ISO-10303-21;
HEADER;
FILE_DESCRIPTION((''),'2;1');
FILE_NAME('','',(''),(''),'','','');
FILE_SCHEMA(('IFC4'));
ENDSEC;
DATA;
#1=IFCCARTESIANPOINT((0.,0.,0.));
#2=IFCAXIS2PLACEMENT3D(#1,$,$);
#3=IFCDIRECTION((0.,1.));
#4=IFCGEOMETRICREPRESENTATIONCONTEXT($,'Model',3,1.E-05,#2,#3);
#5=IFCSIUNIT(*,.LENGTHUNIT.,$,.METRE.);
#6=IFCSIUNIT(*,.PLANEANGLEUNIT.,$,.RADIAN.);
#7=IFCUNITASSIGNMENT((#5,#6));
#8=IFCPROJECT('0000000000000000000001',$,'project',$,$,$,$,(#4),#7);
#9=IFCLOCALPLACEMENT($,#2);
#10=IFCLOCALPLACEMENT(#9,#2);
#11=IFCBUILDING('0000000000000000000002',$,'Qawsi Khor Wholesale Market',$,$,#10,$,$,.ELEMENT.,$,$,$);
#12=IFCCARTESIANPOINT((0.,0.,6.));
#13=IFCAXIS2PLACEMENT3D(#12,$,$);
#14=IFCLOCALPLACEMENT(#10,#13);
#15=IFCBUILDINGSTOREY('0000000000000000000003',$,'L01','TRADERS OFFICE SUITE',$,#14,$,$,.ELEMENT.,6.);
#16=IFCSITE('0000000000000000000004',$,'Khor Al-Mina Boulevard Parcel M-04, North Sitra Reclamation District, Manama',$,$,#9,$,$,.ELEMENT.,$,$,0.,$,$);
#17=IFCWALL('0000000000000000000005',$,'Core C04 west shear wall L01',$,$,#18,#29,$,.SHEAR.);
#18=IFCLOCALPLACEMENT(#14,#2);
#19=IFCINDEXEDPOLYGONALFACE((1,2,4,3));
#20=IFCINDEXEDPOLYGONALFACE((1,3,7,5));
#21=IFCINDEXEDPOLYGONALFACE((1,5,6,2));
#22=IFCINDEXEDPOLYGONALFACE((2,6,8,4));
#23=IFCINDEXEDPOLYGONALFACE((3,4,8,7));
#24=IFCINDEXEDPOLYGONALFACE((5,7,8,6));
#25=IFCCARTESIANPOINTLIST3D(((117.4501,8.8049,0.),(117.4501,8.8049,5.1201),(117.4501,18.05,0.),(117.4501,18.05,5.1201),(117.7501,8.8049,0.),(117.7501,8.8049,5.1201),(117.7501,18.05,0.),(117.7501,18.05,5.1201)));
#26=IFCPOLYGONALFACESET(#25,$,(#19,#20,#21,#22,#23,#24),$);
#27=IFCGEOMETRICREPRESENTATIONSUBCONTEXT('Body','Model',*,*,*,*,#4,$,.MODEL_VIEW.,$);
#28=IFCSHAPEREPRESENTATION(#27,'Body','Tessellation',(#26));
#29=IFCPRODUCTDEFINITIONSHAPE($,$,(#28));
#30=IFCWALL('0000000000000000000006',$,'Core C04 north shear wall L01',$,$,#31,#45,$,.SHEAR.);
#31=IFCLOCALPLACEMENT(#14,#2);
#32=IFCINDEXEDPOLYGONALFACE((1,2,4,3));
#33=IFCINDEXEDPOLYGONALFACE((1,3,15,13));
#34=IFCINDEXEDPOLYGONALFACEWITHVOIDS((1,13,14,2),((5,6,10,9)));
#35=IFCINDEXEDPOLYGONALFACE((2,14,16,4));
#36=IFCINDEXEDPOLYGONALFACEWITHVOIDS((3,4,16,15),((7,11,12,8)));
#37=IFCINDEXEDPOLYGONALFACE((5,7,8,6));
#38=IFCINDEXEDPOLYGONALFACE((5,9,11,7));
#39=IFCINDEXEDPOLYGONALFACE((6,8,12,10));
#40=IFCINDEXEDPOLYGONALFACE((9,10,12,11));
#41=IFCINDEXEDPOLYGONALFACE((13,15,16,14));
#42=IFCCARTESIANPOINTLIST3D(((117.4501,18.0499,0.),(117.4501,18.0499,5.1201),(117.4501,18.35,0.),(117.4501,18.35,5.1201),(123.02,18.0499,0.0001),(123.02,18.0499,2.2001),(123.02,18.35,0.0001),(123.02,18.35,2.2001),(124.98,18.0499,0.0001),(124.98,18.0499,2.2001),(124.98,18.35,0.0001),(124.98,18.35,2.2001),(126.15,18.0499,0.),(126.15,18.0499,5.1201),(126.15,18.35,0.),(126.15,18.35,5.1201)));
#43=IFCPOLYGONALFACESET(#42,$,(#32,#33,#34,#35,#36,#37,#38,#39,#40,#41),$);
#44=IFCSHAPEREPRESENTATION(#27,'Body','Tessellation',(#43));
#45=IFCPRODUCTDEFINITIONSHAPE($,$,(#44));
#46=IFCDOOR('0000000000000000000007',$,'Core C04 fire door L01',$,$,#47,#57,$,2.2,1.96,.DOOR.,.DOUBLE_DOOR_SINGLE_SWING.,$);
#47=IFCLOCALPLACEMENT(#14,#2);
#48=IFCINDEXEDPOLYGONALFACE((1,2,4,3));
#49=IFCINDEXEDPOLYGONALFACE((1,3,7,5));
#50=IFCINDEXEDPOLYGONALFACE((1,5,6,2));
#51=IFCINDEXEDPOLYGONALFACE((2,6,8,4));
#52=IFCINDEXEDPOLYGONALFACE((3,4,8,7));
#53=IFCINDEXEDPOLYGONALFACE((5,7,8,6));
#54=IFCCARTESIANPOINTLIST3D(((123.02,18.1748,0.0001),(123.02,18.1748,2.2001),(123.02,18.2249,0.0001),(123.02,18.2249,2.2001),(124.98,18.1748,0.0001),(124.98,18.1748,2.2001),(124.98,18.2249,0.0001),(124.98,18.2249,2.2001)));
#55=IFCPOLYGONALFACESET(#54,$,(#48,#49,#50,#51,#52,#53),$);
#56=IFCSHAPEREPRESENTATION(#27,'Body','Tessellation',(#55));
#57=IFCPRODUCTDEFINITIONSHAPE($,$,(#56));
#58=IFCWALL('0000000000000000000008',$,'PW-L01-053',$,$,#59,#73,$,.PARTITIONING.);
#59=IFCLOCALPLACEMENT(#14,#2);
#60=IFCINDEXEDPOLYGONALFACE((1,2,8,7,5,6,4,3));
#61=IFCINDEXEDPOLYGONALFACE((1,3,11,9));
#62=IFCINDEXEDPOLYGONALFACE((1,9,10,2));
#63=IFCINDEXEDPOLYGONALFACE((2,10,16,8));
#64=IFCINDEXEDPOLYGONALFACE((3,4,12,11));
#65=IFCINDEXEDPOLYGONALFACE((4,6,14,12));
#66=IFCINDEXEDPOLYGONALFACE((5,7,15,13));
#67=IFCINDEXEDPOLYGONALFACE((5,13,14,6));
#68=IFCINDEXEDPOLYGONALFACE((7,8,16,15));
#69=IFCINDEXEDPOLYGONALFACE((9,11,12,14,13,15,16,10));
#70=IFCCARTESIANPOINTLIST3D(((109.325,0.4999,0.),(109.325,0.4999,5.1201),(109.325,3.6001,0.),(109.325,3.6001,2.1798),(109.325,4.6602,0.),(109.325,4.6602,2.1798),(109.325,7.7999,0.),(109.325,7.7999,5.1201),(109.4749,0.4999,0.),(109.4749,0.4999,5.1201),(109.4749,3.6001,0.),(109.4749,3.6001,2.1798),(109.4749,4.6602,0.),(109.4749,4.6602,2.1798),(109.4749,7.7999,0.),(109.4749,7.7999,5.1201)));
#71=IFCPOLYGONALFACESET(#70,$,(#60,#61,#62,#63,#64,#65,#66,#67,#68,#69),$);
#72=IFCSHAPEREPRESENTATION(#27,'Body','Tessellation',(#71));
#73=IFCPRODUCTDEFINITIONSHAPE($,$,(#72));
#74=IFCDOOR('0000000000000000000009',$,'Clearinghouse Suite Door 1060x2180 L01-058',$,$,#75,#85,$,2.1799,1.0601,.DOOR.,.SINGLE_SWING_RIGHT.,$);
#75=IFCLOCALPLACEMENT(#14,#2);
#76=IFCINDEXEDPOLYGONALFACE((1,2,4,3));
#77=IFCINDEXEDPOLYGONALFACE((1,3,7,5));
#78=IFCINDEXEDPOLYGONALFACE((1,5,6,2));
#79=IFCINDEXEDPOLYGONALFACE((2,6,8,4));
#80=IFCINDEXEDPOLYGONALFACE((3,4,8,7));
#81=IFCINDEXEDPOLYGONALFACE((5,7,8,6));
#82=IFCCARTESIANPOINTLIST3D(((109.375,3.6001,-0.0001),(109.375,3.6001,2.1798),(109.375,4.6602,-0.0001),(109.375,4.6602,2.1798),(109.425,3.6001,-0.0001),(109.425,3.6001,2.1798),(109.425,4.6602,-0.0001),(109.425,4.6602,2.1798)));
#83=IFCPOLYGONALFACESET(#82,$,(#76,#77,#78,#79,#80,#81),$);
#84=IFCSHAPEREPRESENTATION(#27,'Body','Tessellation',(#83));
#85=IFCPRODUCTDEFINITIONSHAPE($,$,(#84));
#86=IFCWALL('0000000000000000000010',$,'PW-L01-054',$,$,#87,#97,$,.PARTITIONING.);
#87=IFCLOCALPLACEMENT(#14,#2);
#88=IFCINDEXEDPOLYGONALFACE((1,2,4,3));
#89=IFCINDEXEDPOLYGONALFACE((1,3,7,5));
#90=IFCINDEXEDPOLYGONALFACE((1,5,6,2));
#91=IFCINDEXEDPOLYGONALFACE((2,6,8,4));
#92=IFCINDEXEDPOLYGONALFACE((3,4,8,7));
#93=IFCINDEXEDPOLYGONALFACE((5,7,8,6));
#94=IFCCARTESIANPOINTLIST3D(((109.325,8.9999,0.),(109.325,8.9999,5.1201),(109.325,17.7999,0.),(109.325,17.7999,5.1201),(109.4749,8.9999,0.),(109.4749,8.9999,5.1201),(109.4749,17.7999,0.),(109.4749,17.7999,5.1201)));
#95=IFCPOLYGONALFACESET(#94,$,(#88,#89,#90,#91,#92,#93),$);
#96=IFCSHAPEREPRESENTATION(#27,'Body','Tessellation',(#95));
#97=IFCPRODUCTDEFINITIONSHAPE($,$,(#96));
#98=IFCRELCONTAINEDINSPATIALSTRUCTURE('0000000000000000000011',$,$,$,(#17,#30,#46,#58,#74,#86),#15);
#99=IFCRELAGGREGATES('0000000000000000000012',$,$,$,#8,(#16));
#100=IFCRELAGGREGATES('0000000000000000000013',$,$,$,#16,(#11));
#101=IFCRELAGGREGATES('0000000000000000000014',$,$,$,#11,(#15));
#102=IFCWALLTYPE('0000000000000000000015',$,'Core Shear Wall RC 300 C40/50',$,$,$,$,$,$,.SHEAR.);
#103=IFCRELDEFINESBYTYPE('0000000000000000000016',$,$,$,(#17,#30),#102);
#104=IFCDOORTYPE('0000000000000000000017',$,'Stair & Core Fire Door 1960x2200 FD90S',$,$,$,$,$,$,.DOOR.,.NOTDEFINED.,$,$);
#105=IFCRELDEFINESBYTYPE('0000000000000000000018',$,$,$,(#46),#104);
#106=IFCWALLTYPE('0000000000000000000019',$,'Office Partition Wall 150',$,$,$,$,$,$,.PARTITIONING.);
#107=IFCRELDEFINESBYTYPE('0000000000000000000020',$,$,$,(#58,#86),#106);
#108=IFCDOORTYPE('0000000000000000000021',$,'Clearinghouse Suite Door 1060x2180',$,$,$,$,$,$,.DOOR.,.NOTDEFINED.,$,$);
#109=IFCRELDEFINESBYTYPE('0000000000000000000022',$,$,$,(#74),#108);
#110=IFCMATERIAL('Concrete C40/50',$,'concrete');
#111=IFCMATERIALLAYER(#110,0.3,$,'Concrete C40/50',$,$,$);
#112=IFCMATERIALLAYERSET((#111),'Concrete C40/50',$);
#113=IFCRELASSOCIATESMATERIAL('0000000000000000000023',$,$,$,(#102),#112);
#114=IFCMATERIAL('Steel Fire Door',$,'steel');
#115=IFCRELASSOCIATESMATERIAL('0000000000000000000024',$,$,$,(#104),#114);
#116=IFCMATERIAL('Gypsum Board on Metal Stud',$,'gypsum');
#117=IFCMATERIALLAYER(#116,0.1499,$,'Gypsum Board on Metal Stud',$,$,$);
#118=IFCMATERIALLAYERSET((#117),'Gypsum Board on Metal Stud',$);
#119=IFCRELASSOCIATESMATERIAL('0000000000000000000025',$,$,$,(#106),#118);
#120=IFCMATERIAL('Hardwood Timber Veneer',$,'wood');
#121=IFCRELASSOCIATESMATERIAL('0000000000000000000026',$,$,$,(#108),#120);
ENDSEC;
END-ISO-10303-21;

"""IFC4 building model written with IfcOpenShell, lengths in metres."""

from ifc_helpers import new_model, si_unit, direction, frame, frame_2d, origin, place, context, subcontext, project, spatial, rectangle, extrude, material, layer, layer_set, type_object, element, fill, save


model = new_model("IFC4")

# Units and contexts
model_context = context("Model", 3, precision=1e-05, world=origin(), true_north=direction((0.0, 1.0)))
body_context = subcontext(model_context, "Body", "Model", "MODEL_VIEW")
ifc_project = project(units=[si_unit("LENGTHUNIT", "METRE"), si_unit("PLANEANGLEUNIT", "RADIAN")], contexts=[model_context])

# Site, building, storey
site_placement = place(None, origin())
site = spatial("IfcSite", under=ifc_project, at=site_placement, Name="Khor Al-Mina Boulevard Parcel M-04, North Sitra Reclamation District, Manama", CompositionType="ELEMENT", RefElevation=0.0)
building_placement = place(site_placement, origin())
building = spatial("IfcBuilding", under=site, at=building_placement, Name="Qawsi Khor Wholesale Market", CompositionType="ELEMENT")
storey_placement = place(building_placement, frame((0.0, 0.0, 6.0)))
storey = spatial("IfcBuildingStorey", under=building, at=storey_placement, Name="L01", Description="TRADERS OFFICE SUITE", CompositionType="ELEMENT", Elevation=6.0)

# Shared definitions
ifc_material_1 = material(Name="Concrete C40/50", Category="concrete")

# Wall
ifc_layer_1 = layer(ifc_material_1, 0.3, Name="Concrete C40/50")
ifc_layer_set_1 = layer_set([ifc_layer_1], Name="Concrete C40/50")
wall_type_1 = type_object("IfcWallType", Name="Core Shear Wall RC 300 C40/50", PredefinedType="SHEAR", material=ifc_layer_set_1)
wall_1_placement = place(storey_placement, frame((117.6001, 8.8049, 0.0), z_axis=(0.0, 0.0, 1.0), x_axis=(0.0, 1.0, 0.0)))
element("IfcWall", 1, at=wall_1_placement, inside=storey, type_object=wall_type_1, Name="Core C04 west shear wall L01", PredefinedType="SHEAR", context=body_context, shape_type="SweptSolid", body=[
    extrude(rectangle(XDim=9.2451, YDim=0.3, at=frame_2d((4.6226, 0.0))), origin(), (0.0, 0.0, 1.0), 5.1201),
])

# Walls, openings, doors
wall_2_placement = place(storey_placement, frame((117.45, 18.2, 0.0), z_axis=(0.0, 0.0, 1.0), x_axis=(1.0, 0.0, 0.0)))
wall_2 = element("IfcWall", 2, at=wall_2_placement, inside=storey, type_object=wall_type_1, Name="Core C04 north shear wall L01", PredefinedType="SHEAR", context=body_context, shape_type="SweptSolid", body=[
    extrude(rectangle(XDim=8.7, YDim=0.3, at=frame_2d((4.3501, 0.0))), origin(), (0.0, 0.0, 1.0), 5.1201),
])
opening_1_placement = place(wall_2_placement, frame((5.5701, 0.0, 0.0)))
opening_1 = element("IfcOpeningElement", 3, at=opening_1_placement, cuts=wall_2, PredefinedType="OPENING", context=body_context, shape_type="SweptSolid", body=[
    extrude(rectangle(XDim=1.96, YDim=2.2, at=frame_2d((0.98, 1.1001))), frame((0.0, 0.1599, 0.0), z_axis=(0.0, -1.0, 0.0), x_axis=(1.0, 0.0, 0.0)), (0.0, 0.0, 1.0), 0.3201),
])
ifc_material_2 = material(Name="Steel Fire Door", Category="steel")
door_type_1 = type_object("IfcDoorType", Name="Stair & Core Fire Door 1960x2200 FD90S", OperationType="NOTDEFINED", PredefinedType="DOOR", material=ifc_material_2)
door_1_placement = place(opening_1_placement, origin())
door_1 = element("IfcDoor", 4, at=door_1_placement, inside=storey, type_object=door_type_1, Name="Core C04 fire door L01", OperationType="DOUBLE_DOOR_SINGLE_SWING", OverallHeight=2.2, OverallWidth=1.96, PredefinedType="DOOR", context=body_context, shape_type="SweptSolid", body=[
    extrude(rectangle(XDim=1.96, YDim=2.2, at=frame_2d((0.98, 1.1001))), frame((0.0, 0.0249, 0.0), z_axis=(0.0, -1.0, 0.0), x_axis=(1.0, 0.0, 0.0)), (0.0, 0.0, 1.0), 0.05),
])
fill(opening_1, door_1)
ifc_material_3 = material(Name="Gypsum Board on Metal Stud", Category="gypsum")
ifc_layer_2 = layer(ifc_material_3, 0.1499, Name="Gypsum Board on Metal Stud")
ifc_layer_set_2 = layer_set([ifc_layer_2], Name="Gypsum Board on Metal Stud")
wall_type_2 = type_object("IfcWallType", Name="Office Partition Wall 150", PredefinedType="PARTITIONING", material=ifc_layer_set_2)
wall_3_placement = place(storey_placement, frame((109.3999, 0.5, 0.0), z_axis=(0.0, 0.0, 1.0), x_axis=(0.0, 1.0, 0.0)))
wall_3 = element("IfcWall", 5, at=wall_3_placement, inside=storey, type_object=wall_type_2, Name="PW-L01-053", PredefinedType="PARTITIONING", context=body_context, shape_type="SweptSolid", body=[
    extrude(rectangle(XDim=7.3, YDim=0.1499, at=frame_2d((3.6499, 0.0))), origin(), (0.0, 0.0, 1.0), 5.1201),
])
opening_2_placement = place(wall_3_placement, frame((3.1001, 0.0, 0.0)))
opening_2 = element("IfcOpeningElement", 6, at=opening_2_placement, cuts=wall_3, PredefinedType="OPENING", context=body_context, shape_type="SweptSolid", body=[
    extrude(rectangle(XDim=1.0601, YDim=2.1799, at=frame_2d((0.53, 1.0898))), frame((0.0, 0.085, 0.0), z_axis=(0.0, -1.0, 0.0), x_axis=(1.0, 0.0, 0.0)), (0.0, 0.0, 1.0), 0.1699),
])
ifc_material_4 = material(Name="Hardwood Timber Veneer", Category="wood")
door_type_2 = type_object("IfcDoorType", Name="Clearinghouse Suite Door 1060x2180", OperationType="NOTDEFINED", PredefinedType="DOOR", material=ifc_material_4)
door_2_placement = place(opening_2_placement, origin())
door_2 = element("IfcDoor", 7, at=door_2_placement, inside=storey, type_object=door_type_2, Name="Clearinghouse Suite Door 1060x2180 L01-058", OperationType="SINGLE_SWING_RIGHT", OverallHeight=2.1799, OverallWidth=1.0601, PredefinedType="DOOR", context=body_context, shape_type="SweptSolid", body=[
    extrude(rectangle(XDim=1.0601, YDim=2.1799, at=frame_2d((0.53, 1.0898))), frame((0.0, 0.0249, 0.0), z_axis=(0.0, -1.0, 0.0), x_axis=(1.0, 0.0, 0.0)), (0.0, 0.0, 1.0), 0.05),
])
fill(opening_2, door_2)

# Wall
wall_4_placement = place(storey_placement, frame((109.3999, 9.0, 0.0), z_axis=(0.0, 0.0, 1.0), x_axis=(0.0, 1.0, 0.0)))
element("IfcWall", 8, at=wall_4_placement, inside=storey, type_object=wall_type_2, Name="PW-L01-054", PredefinedType="PARTITIONING", context=body_context, shape_type="SweptSolid", body=[
    extrude(rectangle(XDim=8.8, YDim=0.1499, at=frame_2d((4.3999, 0.0))), origin(), (0.0, 0.0, 1.0), 5.1201),
])

save(model, "model.ifc")
